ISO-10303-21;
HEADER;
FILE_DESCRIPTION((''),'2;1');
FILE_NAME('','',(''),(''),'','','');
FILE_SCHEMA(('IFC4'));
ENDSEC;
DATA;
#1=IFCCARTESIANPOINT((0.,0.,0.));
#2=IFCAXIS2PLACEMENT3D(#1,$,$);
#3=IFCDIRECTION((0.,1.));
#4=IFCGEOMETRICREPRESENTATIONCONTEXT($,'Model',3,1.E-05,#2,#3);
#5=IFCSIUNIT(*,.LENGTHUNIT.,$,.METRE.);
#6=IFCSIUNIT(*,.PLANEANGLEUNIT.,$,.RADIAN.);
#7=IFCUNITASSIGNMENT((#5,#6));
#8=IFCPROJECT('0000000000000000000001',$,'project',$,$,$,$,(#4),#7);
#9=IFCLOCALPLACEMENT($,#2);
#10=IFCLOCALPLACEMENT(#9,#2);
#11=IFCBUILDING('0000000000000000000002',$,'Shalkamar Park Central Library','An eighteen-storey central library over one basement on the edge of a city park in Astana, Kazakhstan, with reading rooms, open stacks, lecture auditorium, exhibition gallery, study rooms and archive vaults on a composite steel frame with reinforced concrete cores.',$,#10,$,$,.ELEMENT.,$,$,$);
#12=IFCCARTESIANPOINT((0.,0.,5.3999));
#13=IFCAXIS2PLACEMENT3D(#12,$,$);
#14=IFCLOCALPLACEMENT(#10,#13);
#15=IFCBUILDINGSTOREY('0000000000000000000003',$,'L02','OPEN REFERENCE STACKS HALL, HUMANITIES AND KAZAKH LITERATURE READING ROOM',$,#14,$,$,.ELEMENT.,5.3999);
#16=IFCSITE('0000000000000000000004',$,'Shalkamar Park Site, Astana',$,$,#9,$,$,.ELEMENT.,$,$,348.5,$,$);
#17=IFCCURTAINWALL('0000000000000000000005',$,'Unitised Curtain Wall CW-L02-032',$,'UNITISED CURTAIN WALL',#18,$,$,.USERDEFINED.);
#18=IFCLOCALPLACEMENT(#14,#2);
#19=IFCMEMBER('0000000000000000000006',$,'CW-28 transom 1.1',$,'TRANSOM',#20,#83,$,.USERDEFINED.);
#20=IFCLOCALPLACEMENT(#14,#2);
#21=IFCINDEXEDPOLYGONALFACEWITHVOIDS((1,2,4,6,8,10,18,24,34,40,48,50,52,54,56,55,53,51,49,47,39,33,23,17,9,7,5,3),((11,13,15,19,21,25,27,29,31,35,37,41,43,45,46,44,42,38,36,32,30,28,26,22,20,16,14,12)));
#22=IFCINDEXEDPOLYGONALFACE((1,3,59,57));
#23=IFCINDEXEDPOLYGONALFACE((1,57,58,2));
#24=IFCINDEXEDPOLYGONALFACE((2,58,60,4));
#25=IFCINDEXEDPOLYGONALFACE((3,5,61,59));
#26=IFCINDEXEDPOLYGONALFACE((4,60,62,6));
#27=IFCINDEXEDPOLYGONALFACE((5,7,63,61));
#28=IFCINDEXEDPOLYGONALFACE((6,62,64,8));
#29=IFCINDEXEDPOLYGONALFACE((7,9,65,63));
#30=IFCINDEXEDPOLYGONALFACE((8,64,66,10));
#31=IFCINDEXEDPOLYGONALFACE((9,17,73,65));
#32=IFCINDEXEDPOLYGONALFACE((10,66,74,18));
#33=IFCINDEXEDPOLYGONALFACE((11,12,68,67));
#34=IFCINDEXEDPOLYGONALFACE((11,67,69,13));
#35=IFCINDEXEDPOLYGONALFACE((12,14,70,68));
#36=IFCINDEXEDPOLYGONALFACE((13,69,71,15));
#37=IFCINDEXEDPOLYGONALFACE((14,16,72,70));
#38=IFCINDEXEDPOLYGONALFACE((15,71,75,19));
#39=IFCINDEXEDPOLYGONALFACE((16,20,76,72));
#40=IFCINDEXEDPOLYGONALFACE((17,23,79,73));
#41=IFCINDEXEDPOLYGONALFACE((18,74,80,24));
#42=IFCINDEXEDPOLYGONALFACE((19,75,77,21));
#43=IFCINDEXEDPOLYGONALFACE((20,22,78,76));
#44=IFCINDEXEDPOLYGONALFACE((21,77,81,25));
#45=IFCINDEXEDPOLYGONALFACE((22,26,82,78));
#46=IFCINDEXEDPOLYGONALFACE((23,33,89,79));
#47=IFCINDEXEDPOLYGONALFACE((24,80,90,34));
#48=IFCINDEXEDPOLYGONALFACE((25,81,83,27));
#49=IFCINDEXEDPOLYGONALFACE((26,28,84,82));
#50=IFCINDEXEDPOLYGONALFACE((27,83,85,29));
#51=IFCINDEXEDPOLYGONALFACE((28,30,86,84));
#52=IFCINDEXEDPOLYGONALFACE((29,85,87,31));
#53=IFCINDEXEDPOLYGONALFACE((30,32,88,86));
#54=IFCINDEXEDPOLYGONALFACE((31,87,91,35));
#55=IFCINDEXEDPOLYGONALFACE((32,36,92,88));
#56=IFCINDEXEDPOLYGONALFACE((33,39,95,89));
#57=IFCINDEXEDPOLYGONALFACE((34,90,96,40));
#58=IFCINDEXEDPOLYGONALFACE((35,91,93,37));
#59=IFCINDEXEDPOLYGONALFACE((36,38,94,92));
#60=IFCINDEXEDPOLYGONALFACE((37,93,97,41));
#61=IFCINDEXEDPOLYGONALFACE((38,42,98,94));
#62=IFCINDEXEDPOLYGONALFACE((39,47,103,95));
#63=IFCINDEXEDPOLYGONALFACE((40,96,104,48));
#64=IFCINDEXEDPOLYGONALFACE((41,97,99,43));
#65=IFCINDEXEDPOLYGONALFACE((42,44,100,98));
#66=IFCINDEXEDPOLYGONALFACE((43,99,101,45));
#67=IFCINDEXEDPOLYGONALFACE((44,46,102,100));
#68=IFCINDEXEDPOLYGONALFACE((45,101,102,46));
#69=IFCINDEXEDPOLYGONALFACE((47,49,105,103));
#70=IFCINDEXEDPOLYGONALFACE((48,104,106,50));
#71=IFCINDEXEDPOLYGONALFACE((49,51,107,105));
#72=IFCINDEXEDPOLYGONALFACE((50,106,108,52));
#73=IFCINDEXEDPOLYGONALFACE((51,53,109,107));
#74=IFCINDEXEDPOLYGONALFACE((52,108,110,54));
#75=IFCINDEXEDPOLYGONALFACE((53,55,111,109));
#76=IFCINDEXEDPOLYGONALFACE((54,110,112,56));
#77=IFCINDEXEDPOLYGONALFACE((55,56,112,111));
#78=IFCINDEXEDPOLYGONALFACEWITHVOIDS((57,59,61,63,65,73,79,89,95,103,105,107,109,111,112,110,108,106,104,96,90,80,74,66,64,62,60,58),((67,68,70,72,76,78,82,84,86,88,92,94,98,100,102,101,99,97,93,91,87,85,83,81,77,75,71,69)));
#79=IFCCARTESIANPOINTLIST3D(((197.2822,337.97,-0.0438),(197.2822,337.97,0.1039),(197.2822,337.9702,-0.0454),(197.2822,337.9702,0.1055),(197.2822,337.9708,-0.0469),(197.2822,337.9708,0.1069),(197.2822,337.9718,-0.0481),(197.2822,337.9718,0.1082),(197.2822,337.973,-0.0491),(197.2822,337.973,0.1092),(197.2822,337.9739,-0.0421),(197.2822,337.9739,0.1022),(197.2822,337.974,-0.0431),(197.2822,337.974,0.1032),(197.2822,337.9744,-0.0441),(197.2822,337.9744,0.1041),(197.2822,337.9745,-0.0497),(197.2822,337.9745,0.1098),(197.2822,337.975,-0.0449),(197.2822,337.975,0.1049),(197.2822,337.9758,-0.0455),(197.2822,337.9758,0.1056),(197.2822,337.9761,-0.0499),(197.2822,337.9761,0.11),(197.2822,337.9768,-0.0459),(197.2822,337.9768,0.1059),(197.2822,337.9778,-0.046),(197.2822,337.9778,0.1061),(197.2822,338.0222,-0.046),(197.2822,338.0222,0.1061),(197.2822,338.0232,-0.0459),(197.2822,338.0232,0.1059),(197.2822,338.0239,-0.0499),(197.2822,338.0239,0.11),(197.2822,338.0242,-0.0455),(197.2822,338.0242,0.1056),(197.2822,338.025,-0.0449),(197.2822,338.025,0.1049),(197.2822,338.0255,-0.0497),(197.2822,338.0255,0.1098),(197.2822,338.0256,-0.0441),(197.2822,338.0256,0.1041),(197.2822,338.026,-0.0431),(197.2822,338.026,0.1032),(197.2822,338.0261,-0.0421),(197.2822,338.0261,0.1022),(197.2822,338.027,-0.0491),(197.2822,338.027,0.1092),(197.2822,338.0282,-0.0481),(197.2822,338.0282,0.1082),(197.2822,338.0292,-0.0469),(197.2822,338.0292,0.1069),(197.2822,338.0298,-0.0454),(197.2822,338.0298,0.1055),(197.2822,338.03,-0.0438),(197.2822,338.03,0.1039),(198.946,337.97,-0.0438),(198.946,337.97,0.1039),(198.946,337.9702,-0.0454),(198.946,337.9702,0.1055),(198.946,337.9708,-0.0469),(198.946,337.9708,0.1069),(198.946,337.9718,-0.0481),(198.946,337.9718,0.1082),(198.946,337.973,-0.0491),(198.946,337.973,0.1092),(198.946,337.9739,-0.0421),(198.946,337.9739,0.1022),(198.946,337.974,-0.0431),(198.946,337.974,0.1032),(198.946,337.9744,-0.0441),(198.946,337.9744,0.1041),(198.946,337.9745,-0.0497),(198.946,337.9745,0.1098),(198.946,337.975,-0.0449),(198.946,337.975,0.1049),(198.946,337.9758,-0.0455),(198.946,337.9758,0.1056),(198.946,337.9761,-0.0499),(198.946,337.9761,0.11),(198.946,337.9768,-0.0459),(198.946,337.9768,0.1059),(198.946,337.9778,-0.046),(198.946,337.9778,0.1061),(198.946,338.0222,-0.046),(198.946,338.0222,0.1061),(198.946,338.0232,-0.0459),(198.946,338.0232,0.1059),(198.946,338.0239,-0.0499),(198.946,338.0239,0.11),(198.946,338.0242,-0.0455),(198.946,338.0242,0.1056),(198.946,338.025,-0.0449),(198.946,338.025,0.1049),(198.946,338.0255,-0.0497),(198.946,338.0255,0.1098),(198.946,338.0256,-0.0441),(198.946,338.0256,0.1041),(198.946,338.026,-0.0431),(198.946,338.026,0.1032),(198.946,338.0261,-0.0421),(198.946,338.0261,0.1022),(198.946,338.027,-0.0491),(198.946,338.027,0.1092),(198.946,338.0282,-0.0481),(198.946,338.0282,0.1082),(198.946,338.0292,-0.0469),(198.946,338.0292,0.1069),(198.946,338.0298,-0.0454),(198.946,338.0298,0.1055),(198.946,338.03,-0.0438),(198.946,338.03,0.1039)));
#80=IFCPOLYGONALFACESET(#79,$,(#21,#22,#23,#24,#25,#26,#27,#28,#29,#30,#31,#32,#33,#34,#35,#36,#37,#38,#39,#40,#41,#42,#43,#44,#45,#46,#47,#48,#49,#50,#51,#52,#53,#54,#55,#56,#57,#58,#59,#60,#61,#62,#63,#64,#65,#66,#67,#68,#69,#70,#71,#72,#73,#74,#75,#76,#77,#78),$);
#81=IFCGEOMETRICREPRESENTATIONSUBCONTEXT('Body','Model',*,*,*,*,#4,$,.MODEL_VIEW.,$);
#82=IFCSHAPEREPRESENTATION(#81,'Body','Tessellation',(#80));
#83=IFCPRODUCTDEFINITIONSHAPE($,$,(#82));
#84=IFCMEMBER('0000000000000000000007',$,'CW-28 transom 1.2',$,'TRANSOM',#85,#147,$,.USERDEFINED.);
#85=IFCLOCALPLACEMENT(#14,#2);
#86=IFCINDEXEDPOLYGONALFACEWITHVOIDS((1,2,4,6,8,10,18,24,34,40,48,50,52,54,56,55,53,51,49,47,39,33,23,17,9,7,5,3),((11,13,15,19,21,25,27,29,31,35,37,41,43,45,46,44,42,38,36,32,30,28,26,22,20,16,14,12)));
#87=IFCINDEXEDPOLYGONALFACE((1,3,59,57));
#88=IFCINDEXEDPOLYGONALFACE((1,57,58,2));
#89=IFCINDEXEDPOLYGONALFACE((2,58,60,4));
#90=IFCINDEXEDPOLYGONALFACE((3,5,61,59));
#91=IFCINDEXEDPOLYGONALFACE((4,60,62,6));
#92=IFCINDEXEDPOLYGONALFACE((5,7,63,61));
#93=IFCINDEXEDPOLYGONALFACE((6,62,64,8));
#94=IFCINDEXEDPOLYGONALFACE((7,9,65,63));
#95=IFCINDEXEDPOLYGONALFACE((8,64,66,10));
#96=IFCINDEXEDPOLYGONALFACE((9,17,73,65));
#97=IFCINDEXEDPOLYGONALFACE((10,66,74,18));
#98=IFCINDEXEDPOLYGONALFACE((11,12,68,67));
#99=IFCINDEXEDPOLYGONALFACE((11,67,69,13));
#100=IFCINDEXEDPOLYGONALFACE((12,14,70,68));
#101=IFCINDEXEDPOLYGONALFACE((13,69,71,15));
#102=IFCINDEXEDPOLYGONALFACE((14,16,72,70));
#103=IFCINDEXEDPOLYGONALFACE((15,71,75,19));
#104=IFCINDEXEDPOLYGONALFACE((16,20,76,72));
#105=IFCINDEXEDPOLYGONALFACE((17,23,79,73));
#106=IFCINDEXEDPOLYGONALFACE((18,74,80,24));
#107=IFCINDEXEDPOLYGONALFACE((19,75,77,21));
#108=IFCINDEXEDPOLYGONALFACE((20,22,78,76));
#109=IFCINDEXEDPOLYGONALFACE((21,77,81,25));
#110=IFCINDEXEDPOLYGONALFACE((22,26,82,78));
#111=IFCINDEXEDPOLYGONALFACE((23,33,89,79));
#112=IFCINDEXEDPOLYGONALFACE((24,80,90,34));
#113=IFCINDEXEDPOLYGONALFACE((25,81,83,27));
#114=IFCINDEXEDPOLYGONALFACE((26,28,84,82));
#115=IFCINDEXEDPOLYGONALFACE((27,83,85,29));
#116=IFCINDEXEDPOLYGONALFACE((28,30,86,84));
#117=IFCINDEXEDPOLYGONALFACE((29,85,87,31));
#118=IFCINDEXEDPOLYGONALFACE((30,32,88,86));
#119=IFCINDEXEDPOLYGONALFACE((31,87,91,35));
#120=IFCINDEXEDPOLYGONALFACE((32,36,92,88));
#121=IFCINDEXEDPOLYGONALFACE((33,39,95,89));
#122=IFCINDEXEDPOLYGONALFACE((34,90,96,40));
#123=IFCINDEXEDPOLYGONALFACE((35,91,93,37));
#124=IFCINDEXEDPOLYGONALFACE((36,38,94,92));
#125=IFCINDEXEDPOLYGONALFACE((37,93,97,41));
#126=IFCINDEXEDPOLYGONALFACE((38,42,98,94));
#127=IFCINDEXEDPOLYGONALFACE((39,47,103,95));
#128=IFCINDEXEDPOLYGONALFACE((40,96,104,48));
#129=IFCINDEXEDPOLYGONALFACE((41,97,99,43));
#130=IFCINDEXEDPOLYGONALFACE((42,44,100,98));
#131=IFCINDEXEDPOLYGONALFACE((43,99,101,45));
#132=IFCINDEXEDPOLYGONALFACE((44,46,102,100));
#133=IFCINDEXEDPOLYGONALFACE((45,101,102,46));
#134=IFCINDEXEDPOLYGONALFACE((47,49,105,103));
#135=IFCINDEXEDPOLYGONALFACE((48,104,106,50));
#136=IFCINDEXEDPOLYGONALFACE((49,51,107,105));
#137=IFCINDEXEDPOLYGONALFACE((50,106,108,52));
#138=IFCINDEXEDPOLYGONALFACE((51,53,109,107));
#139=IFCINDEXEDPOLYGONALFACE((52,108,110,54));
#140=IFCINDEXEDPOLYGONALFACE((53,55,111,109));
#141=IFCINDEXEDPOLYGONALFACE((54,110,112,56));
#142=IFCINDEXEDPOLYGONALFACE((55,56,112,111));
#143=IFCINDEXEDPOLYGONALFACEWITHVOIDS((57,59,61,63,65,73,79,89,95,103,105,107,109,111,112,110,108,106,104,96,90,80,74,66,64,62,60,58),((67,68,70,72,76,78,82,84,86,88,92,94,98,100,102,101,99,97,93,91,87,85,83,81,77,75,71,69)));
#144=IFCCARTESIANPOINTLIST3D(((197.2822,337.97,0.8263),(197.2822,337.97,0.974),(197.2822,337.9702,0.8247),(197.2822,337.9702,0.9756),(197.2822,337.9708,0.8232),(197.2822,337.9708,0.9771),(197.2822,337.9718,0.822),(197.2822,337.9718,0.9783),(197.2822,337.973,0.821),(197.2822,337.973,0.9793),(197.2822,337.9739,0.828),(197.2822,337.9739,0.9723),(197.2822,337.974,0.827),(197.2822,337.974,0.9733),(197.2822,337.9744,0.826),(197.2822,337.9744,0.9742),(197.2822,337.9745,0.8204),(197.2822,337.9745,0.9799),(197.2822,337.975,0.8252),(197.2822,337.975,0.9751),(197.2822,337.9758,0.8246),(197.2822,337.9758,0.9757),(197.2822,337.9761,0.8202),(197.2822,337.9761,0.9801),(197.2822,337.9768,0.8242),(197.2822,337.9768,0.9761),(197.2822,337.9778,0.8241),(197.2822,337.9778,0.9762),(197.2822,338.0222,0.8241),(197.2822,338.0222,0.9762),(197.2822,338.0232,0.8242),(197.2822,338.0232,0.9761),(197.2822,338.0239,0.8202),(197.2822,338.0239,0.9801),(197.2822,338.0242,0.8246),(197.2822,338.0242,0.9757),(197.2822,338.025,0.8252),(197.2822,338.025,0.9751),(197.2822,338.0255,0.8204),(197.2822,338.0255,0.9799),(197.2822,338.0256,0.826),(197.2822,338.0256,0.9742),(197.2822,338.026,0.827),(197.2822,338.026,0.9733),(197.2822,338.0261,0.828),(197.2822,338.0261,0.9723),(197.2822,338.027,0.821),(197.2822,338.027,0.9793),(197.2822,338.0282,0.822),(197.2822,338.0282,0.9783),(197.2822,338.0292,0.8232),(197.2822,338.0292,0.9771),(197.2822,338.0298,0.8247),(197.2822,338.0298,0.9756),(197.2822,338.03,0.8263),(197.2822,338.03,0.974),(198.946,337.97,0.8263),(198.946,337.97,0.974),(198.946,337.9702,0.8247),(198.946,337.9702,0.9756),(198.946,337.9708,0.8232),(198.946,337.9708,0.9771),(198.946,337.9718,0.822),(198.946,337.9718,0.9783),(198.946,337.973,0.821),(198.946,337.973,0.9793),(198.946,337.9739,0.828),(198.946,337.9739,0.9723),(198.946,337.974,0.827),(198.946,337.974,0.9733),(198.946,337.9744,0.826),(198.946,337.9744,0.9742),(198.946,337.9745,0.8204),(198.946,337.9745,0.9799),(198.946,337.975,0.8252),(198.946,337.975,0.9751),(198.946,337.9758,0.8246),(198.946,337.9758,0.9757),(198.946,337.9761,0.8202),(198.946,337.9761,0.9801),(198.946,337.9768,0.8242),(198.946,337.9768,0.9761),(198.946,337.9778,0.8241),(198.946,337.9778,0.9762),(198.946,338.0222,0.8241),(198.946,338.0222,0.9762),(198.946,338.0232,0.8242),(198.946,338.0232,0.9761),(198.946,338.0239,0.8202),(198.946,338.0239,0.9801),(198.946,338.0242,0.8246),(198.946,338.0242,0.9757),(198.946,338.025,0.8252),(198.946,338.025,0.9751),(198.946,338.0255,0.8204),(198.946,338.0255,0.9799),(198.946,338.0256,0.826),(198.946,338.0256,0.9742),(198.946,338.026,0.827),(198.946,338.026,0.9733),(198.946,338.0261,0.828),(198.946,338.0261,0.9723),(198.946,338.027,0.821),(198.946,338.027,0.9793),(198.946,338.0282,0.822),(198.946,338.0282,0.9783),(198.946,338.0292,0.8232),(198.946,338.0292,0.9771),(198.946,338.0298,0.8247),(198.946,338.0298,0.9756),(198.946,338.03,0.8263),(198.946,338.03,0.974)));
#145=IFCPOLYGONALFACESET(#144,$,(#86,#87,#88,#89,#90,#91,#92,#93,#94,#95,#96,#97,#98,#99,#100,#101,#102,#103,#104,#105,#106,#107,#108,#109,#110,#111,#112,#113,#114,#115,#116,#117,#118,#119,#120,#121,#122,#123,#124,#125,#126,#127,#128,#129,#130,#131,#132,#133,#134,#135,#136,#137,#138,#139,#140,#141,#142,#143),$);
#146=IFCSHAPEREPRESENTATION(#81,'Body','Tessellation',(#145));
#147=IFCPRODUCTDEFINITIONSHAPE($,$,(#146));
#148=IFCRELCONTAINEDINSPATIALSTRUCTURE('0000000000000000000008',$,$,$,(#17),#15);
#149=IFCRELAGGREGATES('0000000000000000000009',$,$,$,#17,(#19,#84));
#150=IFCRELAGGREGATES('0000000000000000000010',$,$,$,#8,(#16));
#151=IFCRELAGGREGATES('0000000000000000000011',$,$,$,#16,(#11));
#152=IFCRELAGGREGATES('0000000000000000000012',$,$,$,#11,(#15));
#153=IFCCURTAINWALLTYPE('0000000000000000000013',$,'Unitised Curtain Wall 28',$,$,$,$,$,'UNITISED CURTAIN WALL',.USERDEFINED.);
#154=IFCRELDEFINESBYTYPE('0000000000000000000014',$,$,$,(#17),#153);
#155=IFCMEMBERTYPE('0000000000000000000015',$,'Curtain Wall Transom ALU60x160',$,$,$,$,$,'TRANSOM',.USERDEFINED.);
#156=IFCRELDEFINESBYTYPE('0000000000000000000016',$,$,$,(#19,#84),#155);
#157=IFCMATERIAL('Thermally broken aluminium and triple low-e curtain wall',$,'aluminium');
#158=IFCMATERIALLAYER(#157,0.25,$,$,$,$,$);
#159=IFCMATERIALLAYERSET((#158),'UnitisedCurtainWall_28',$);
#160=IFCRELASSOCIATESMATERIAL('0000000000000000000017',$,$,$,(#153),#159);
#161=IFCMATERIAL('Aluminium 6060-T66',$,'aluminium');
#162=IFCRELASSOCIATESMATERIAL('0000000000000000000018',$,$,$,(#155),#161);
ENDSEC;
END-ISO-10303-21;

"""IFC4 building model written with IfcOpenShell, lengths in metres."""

from ifc_helpers import new_model, si_unit, direction, frame, origin, origin_2d, place, context, subcontext, project, spatial, hollow_rectangle, extrude, material, layer, layer_set, material_profile, profile_set, type_object, element, aggregate, save


model = new_model("IFC4")

# Units and contexts
model_context = context("Model", 3, precision=1e-05, world=origin(), true_north=direction((0.0, 1.0)))
body_context = subcontext(model_context, "Body", "Model", "MODEL_VIEW")
ifc_project = project(units=[si_unit("LENGTHUNIT", "METRE"), si_unit("PLANEANGLEUNIT", "RADIAN")], contexts=[model_context])

# Site, building, storey
site_placement = place(None, origin())
site = spatial("IfcSite", under=ifc_project, at=site_placement, Name="Shalkamar Park Site, Astana", CompositionType="ELEMENT", RefElevation=348.5)
building_placement = place(site_placement, origin())
building = spatial("IfcBuilding", under=site, at=building_placement, Name="Shalkamar Park Central Library", Description="An eighteen-storey central library over one basement on the edge of a city park in Astana, Kazakhstan, with reading rooms, open stacks, lecture auditorium, exhibition gallery, study rooms and archive vaults on a composite steel frame with reinforced concrete cores.", CompositionType="ELEMENT")
storey_placement = place(building_placement, frame((0.0, 0.0, 5.3999)))
storey = spatial("IfcBuildingStorey", under=building, at=storey_placement, Name="L02", Description="OPEN REFERENCE STACKS HALL, HUMANITIES AND KAZAKH LITERATURE READING ROOM", CompositionType="ELEMENT", Elevation=5.3999)

# Curtain wall
ifc_material_1 = material(Name="Thermally broken aluminium and triple low-e curtain wall", Category="aluminium")
ifc_layer_1 = layer(ifc_material_1, 0.25)
ifc_layer_set_1 = layer_set([ifc_layer_1], Name="UnitisedCurtainWall_28")
curtain_wall_type_1 = type_object("IfcCurtainWallType", Name="Unitised Curtain Wall 28", ElementType="UNITISED CURTAIN WALL", PredefinedType="USERDEFINED", material=ifc_layer_set_1)
curtain_wall_1_placement = place(storey_placement, origin())
curtain_wall_1 = element("IfcCurtainWall", 1, at=curtain_wall_1_placement, inside=storey, type_object=curtain_wall_type_1, Name="Unitised Curtain Wall CW-L02-032", ObjectType="UNITISED CURTAIN WALL", PredefinedType="USERDEFINED")
ifc_material_2 = material(Name="Aluminium 6060-T66", Category="aluminium")

# Members
ifc_material_profile_1 = material_profile(ifc_material_2, hollow_rectangle(XDim=0.0601, YDim=0.1599, WallThickness=0.0039, InnerFilletRadius=0.0039, OuterFilletRadius=0.0061, at=origin_2d()), Name="ALU 60x160x4")
ifc_profile_set_1 = profile_set([ifc_material_profile_1], Name="Aluminium 6060-T66")
member_type_1 = type_object("IfcMemberType", Name="Curtain Wall Transom ALU60x160", ElementType="TRANSOM", PredefinedType="USERDEFINED", material=ifc_profile_set_1)
member_1_placement = place(storey_placement, frame((197.2822, 338.0, 0.03), z_axis=(1.0, 0.0, 0.0), x_axis=(0.0, 1.0, 0.0)))
member_1 = element("IfcMember", 2, at=member_1_placement, type_object=member_type_1, Name="CW-28 transom 1.1", ObjectType="TRANSOM", PredefinedType="USERDEFINED", context=body_context, shape_type="SweptSolid", body=[
    extrude(hollow_rectangle(XDim=0.0601, YDim=0.1599, WallThickness=0.0039, InnerFilletRadius=0.0039, OuterFilletRadius=0.0061, at=origin_2d()), origin(), (0.0, 0.0, 1.0), 1.6638),
])
member_2_placement = place(storey_placement, frame((197.2822, 338.0, 0.9001), z_axis=(1.0, 0.0, 0.0), x_axis=(0.0, 1.0, 0.0)))
member_2 = element("IfcMember", 3, at=member_2_placement, type_object=member_type_1, Name="CW-28 transom 1.2", ObjectType="TRANSOM", PredefinedType="USERDEFINED", context=body_context, shape_type="SweptSolid", body=[
    extrude(hollow_rectangle(XDim=0.0601, YDim=0.1599, WallThickness=0.0039, InnerFilletRadius=0.0039, OuterFilletRadius=0.0061, at=origin_2d()), origin(), (0.0, 0.0, 1.0), 1.6638),
])

aggregate(curtain_wall_1, [member_1, member_2])

save(model, "model.ifc")
